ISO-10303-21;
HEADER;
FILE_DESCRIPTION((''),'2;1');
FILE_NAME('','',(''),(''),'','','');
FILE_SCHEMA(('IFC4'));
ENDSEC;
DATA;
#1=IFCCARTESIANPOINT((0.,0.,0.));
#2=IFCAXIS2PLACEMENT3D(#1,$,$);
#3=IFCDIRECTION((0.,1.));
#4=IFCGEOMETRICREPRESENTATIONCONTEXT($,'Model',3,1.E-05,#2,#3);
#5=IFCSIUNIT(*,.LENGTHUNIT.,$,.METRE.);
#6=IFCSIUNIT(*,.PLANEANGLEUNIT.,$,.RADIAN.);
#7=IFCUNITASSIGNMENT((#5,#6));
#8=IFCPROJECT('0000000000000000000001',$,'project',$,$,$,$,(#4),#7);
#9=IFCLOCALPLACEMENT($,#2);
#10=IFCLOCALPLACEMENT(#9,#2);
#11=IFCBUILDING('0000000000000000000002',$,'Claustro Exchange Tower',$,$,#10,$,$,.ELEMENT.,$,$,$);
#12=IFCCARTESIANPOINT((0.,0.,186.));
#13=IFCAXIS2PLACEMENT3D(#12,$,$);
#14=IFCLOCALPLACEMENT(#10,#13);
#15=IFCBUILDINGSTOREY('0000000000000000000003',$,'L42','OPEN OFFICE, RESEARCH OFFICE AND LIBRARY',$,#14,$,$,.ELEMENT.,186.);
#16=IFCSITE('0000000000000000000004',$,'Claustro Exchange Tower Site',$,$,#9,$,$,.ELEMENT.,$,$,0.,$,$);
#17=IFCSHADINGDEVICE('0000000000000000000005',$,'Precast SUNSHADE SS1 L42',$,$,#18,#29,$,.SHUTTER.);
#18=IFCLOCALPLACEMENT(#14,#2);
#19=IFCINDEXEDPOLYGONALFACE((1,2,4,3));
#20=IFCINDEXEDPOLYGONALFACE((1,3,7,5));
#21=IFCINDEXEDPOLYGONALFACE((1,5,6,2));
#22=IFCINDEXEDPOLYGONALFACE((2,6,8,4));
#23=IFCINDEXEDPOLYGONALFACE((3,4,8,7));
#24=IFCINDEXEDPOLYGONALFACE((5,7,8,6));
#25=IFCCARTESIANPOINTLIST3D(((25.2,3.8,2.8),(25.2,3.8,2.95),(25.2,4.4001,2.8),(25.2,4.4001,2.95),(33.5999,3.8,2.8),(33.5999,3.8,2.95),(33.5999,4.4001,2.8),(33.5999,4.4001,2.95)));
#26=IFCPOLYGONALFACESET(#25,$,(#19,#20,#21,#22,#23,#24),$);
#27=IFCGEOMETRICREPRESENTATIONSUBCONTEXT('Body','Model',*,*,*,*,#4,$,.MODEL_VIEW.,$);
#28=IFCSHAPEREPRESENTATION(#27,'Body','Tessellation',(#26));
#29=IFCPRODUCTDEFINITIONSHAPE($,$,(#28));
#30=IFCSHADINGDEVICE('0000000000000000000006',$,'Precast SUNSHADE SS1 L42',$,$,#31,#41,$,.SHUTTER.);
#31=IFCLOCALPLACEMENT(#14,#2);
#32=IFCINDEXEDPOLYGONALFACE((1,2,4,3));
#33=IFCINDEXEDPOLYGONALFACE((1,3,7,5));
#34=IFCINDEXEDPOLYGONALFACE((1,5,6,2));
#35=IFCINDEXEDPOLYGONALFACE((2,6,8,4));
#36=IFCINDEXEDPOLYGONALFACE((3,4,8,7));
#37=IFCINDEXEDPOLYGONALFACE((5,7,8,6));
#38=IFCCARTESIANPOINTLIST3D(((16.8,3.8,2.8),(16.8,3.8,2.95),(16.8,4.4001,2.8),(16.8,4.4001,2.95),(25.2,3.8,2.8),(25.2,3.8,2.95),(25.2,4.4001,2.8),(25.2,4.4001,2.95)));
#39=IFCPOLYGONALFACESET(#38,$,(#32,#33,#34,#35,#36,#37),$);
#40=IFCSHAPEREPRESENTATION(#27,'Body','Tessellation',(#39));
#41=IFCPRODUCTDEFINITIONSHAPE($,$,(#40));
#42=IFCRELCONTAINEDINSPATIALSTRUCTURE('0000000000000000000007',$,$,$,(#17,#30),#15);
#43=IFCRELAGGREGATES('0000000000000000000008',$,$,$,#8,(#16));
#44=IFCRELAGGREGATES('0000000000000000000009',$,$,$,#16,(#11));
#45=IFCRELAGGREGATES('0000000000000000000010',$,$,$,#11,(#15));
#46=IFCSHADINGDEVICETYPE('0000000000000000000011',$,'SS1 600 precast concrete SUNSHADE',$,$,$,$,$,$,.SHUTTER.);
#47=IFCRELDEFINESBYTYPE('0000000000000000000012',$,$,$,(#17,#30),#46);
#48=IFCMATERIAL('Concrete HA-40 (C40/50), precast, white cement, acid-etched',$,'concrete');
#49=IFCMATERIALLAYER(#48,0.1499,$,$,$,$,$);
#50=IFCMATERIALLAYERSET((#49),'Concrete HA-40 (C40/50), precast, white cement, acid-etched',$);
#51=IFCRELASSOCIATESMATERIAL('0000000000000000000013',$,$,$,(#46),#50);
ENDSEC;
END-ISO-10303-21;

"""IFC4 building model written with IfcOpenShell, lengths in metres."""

from ifc_helpers import new_model, si_unit, direction, frame, origin, origin_2d, place, context, subcontext, project, spatial, rectangle, extrude, material, layer, layer_set, type_object, element, save


model = new_model("IFC4")

# Units and contexts
model_context = context("Model", 3, precision=1e-05, world=origin(), true_north=direction((0.0, 1.0)))
body_context = subcontext(model_context, "Body", "Model", "MODEL_VIEW")
ifc_project = project(units=[si_unit("LENGTHUNIT", "METRE"), si_unit("PLANEANGLEUNIT", "RADIAN")], contexts=[model_context])

# Site, building, storey
site_placement = place(None, origin())
site = spatial("IfcSite", under=ifc_project, at=site_placement, Name="Claustro Exchange Tower Site", CompositionType="ELEMENT", RefElevation=0.0)
building_placement = place(site_placement, origin())
building = spatial("IfcBuilding", under=site, at=building_placement, Name="Claustro Exchange Tower", CompositionType="ELEMENT")
storey_placement = place(building_placement, frame((0.0, 0.0, 186.0)))
storey = spatial("IfcBuildingStorey", under=building, at=storey_placement, Name="L42", Description="OPEN OFFICE, RESEARCH OFFICE AND LIBRARY", CompositionType="ELEMENT", Elevation=186.0)

# Shading devices
ifc_material_1 = material(Name="Concrete HA-40 (C40/50), precast, white cement, acid-etched", Category="concrete")
ifc_layer_1 = layer(ifc_material_1, 0.1499)
ifc_layer_set_1 = layer_set([ifc_layer_1], Name="Concrete HA-40 (C40/50), precast, white cement, acid-etched")
shading_device_type = type_object("IfcShadingDeviceType", Name="SS1 600 precast concrete SUNSHADE", PredefinedType="SHUTTER", material=ifc_layer_set_1)
for number, where, z_axis, x_axis, name in (
    (1, (29.3999, 4.1001, 2.8), (0.0, 0.0, 1.0), (-1.0, 0.0, 0.0), "Precast SUNSHADE SS1 L42"),
    (2, (21.0, 4.1001, 2.8), (0.0, 0.0, 1.0), (-1.0, 0.0, 0.0), "Precast SUNSHADE SS1 L42"),
):
    element("IfcShadingDevice", number, at=place(storey_placement, frame(where, z_axis=z_axis, x_axis=x_axis)), inside=storey, type_object=shading_device_type, Name=name, PredefinedType="SHUTTER", context=body_context, shape_type="SweptSolid", body=[
        extrude(rectangle(XDim=8.3999, YDim=0.6001, at=origin_2d()), origin(), (0.0, 0.0, 1.0), 0.1499),
    ])

save(model, "model.ifc")
